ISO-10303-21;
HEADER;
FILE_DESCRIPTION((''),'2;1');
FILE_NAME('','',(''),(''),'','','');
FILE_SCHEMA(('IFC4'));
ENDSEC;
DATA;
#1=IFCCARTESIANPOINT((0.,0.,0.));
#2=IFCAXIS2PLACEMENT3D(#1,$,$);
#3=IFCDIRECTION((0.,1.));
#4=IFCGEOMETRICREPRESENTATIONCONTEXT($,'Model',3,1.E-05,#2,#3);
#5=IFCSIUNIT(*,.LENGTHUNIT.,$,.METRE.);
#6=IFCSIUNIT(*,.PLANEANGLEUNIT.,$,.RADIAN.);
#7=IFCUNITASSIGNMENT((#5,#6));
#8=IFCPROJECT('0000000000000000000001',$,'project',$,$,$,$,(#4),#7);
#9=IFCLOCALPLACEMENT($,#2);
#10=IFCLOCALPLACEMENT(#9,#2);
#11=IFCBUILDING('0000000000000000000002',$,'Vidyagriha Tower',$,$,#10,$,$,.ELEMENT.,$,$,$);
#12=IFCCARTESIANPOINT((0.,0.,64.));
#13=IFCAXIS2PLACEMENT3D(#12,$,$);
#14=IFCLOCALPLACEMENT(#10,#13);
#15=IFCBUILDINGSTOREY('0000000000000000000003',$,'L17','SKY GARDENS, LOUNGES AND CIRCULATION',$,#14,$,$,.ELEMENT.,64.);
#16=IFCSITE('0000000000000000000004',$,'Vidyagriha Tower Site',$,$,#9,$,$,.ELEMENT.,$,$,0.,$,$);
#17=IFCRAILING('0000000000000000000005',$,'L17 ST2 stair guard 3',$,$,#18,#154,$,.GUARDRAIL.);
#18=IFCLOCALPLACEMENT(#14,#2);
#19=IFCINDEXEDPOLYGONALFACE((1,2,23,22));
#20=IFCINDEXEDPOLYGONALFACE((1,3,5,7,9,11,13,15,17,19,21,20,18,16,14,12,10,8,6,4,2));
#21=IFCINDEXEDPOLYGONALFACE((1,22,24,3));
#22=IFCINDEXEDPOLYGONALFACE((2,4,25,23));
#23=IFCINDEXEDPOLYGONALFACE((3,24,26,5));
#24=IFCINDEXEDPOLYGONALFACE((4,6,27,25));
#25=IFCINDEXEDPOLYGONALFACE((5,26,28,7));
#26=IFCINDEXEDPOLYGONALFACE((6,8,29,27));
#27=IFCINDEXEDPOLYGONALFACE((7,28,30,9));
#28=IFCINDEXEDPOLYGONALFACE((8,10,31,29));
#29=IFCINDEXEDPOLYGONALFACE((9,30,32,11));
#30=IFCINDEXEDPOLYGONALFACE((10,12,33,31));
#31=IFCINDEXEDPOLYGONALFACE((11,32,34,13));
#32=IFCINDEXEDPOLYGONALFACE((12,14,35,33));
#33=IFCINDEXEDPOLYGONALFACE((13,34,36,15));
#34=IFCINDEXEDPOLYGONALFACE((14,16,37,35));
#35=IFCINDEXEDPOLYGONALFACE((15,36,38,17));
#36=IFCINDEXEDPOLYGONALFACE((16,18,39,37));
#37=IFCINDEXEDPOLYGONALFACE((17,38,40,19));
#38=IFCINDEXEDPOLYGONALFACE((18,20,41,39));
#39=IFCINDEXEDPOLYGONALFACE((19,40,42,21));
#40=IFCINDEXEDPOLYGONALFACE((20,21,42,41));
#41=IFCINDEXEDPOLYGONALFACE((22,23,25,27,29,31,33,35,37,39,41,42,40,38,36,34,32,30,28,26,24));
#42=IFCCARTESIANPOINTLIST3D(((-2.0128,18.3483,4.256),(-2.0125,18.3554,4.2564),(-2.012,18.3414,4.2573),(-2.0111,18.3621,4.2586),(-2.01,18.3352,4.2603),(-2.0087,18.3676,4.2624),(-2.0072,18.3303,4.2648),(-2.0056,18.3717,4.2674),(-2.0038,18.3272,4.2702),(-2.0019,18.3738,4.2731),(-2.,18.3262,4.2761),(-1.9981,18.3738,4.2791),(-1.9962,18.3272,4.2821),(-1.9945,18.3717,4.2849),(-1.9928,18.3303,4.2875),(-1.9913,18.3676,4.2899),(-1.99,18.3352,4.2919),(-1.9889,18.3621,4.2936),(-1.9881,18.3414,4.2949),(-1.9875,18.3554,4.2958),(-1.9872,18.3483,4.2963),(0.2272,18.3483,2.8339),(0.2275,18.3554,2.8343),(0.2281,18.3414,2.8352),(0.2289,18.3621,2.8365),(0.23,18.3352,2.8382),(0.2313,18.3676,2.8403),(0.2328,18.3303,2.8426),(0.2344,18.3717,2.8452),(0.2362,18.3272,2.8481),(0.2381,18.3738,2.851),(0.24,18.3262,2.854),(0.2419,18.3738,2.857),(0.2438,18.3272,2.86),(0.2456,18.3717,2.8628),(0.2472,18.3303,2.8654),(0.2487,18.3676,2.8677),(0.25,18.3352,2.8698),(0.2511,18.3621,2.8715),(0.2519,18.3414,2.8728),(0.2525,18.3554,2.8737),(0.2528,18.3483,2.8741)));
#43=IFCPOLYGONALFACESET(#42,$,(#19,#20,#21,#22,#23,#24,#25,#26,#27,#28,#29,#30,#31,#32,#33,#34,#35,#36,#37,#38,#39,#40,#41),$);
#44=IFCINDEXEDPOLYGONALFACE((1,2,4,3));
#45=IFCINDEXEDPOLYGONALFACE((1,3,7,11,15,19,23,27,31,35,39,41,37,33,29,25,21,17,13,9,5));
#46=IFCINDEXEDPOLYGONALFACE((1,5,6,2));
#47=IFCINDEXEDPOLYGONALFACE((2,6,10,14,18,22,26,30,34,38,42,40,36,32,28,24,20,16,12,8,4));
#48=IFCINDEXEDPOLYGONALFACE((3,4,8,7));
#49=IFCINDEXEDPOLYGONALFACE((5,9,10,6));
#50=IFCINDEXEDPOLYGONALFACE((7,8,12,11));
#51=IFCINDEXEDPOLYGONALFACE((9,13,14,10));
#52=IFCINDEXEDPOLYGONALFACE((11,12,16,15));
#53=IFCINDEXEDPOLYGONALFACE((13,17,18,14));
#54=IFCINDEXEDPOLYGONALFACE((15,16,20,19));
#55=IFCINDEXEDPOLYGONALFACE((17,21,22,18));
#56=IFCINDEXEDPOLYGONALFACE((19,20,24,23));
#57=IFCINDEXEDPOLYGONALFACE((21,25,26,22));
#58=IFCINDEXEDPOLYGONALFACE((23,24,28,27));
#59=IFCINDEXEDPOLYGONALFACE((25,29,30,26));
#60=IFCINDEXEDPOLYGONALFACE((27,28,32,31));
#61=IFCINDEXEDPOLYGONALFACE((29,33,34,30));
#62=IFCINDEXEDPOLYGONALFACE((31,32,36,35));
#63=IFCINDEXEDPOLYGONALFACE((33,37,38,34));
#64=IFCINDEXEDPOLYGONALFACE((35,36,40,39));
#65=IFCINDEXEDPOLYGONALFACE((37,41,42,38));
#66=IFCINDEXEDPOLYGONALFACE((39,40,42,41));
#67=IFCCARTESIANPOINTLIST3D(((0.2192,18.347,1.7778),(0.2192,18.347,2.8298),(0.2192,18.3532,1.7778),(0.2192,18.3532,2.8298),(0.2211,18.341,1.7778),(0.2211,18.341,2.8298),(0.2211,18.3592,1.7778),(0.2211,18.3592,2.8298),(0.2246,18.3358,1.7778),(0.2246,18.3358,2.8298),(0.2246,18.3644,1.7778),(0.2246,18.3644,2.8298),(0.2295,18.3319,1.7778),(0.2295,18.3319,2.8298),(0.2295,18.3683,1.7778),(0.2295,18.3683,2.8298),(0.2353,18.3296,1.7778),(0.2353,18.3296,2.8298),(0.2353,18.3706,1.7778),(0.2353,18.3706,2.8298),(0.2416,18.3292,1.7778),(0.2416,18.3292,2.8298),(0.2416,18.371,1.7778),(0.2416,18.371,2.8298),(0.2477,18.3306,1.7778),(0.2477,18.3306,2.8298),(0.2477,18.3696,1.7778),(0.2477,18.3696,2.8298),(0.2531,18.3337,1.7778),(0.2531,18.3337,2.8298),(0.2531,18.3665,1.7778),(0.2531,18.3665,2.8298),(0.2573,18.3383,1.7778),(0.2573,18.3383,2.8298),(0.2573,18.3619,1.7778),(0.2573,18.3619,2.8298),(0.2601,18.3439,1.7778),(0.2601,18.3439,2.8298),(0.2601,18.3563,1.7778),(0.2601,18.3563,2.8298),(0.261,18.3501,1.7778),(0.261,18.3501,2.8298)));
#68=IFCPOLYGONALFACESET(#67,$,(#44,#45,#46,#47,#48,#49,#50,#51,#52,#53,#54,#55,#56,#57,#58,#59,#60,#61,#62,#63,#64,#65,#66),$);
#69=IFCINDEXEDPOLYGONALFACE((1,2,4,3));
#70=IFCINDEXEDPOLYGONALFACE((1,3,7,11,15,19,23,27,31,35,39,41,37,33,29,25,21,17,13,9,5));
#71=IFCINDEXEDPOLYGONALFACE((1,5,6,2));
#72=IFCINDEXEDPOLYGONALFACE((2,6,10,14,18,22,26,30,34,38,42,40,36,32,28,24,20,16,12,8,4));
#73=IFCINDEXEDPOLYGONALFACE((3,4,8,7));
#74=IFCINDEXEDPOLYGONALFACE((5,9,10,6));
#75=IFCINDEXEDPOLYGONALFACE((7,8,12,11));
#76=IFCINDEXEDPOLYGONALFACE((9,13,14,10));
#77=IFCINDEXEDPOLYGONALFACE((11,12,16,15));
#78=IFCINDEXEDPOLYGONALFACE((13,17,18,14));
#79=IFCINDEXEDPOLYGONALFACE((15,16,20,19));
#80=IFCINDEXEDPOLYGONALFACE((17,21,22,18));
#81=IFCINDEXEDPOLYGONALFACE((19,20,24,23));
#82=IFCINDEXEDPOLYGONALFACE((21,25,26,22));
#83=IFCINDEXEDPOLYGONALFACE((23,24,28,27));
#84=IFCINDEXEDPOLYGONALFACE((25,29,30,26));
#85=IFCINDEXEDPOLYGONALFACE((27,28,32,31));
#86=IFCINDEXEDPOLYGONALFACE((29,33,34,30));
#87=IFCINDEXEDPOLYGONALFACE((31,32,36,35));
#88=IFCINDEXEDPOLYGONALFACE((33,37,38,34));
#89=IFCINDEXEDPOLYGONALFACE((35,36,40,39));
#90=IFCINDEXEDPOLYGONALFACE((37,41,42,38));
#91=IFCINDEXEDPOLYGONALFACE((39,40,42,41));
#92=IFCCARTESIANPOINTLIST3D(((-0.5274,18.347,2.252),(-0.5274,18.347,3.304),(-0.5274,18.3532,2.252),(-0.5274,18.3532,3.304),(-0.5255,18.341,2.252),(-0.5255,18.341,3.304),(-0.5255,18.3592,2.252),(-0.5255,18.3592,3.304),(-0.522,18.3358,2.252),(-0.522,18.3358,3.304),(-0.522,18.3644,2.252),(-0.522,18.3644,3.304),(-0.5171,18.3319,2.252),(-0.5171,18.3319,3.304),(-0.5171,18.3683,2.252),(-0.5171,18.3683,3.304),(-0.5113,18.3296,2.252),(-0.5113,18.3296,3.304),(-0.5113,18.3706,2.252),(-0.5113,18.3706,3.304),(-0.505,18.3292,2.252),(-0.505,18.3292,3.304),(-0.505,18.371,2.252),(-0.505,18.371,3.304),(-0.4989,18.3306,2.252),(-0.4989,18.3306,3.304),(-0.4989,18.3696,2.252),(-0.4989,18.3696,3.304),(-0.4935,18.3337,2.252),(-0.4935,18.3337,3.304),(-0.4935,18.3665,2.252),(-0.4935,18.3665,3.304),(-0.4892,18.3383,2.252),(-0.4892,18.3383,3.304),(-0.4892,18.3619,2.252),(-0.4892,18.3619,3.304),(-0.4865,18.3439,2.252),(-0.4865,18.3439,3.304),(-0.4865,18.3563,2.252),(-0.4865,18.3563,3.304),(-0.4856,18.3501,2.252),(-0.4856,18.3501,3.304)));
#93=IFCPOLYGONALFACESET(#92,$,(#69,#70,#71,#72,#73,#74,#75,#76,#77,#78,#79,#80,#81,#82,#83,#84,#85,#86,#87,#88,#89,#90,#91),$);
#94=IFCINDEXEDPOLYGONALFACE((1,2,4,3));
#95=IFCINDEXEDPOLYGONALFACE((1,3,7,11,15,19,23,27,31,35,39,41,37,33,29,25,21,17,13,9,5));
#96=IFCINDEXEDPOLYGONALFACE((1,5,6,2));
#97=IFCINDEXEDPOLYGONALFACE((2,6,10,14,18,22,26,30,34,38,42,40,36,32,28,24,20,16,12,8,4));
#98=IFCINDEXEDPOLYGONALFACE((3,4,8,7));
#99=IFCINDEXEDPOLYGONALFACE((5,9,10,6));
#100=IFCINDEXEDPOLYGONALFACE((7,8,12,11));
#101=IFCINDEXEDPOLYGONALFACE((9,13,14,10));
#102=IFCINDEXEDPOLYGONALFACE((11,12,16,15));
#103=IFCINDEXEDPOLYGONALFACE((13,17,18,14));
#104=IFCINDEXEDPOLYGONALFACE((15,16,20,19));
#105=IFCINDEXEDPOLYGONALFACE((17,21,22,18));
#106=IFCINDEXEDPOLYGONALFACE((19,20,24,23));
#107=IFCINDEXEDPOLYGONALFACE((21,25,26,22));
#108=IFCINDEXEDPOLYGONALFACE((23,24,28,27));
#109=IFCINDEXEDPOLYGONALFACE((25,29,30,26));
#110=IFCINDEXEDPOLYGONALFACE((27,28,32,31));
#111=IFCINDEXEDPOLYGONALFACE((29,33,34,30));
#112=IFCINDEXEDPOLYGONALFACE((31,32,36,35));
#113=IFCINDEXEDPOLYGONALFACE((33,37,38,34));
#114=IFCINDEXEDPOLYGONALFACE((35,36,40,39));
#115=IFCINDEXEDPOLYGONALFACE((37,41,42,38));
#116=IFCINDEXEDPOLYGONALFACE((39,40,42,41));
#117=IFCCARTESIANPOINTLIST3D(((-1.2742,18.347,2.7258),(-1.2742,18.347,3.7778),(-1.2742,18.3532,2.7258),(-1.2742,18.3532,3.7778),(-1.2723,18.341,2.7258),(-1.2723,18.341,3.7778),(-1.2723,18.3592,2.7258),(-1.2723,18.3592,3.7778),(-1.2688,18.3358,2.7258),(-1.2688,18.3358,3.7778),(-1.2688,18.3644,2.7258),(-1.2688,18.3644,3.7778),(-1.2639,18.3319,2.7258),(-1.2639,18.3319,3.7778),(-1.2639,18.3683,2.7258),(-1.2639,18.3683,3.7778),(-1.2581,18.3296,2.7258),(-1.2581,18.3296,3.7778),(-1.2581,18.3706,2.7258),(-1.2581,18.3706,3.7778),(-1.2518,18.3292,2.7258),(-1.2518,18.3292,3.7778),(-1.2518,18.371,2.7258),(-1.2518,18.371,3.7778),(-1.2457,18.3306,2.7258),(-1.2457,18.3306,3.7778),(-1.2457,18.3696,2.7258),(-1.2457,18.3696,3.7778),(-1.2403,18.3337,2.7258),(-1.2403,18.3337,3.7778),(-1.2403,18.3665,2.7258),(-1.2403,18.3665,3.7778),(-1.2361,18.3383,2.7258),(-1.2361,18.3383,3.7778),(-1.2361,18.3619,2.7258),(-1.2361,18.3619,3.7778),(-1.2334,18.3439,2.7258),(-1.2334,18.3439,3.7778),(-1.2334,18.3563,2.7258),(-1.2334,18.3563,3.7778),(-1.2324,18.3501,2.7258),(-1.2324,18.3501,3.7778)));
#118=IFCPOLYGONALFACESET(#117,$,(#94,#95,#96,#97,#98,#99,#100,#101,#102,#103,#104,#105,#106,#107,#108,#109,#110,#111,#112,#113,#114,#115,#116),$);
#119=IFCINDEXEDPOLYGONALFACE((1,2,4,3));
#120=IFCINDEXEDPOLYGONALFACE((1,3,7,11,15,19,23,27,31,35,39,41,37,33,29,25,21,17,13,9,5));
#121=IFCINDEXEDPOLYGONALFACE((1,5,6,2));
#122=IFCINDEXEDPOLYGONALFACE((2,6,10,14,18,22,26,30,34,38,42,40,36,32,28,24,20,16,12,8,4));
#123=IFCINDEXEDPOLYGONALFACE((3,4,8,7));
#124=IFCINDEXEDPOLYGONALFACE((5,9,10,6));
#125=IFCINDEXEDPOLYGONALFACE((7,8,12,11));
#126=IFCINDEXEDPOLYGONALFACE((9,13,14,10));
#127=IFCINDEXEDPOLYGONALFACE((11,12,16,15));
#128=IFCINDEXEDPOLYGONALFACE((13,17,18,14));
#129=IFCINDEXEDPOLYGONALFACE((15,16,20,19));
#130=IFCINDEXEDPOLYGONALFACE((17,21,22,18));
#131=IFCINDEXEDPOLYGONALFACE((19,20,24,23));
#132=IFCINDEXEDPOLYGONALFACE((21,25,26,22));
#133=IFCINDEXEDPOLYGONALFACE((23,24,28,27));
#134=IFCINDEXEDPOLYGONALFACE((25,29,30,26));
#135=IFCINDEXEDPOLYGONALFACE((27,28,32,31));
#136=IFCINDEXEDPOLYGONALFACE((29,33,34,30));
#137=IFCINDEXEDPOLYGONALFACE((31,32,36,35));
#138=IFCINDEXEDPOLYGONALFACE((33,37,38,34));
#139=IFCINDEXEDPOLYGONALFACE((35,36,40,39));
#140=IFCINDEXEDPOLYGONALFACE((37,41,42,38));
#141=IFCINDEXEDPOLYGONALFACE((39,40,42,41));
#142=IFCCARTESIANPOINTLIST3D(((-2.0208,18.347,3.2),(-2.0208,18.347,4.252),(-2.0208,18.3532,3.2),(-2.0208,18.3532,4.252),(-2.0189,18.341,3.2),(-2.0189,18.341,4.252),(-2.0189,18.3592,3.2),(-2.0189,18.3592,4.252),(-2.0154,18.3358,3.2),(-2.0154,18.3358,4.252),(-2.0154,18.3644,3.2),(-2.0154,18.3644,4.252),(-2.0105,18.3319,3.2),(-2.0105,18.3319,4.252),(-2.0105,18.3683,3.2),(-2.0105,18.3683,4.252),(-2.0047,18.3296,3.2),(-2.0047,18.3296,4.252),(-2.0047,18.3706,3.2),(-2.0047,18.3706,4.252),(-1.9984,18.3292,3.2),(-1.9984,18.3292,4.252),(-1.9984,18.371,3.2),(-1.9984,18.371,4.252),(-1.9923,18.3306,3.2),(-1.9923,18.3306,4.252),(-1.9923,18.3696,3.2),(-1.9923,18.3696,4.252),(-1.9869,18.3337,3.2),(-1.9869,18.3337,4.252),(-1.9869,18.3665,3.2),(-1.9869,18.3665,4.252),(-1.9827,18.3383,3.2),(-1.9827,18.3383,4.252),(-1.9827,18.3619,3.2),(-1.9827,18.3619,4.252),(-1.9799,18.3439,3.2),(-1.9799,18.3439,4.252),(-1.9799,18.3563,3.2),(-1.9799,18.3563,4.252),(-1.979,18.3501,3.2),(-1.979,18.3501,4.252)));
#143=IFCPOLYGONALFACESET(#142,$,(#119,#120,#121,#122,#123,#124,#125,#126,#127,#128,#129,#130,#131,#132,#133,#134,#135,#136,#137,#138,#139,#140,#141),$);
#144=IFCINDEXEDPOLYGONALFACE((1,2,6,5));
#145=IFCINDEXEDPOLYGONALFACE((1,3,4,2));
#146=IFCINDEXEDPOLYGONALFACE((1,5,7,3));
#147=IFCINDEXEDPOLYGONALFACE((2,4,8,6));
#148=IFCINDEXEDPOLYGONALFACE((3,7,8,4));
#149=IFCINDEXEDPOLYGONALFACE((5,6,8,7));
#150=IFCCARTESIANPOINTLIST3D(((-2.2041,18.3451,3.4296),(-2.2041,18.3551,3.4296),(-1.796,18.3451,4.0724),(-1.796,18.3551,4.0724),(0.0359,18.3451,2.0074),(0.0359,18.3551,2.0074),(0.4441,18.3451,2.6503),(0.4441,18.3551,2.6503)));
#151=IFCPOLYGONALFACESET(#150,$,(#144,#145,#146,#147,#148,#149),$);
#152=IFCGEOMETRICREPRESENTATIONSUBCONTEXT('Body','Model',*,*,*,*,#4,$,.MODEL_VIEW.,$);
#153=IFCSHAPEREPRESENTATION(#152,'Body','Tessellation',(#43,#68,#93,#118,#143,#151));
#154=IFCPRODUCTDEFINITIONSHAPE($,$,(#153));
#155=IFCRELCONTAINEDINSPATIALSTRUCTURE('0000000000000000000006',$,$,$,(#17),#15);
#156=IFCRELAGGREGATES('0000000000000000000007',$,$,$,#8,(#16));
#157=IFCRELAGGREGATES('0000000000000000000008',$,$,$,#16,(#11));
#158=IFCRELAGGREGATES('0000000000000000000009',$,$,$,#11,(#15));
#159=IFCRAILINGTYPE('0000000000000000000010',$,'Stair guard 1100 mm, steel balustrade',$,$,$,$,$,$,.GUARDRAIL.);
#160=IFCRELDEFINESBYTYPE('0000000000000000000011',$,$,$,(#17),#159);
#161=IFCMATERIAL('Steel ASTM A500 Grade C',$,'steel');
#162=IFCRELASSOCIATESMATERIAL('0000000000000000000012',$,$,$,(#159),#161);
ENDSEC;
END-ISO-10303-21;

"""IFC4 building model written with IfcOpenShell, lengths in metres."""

from ifc_helpers import new_model, si_unit, direction, frame, origin, origin_2d, place, context, subcontext, project, spatial, rectangle, circle, extrude, material, type_object, element, save


model = new_model("IFC4")

# Units and contexts
model_context = context("Model", 3, precision=1e-05, world=origin(), true_north=direction((0.0, 1.0)))
body_context = subcontext(model_context, "Body", "Model", "MODEL_VIEW")
ifc_project = project(units=[si_unit("LENGTHUNIT", "METRE"), si_unit("PLANEANGLEUNIT", "RADIAN")], contexts=[model_context])

# Site, building, storey
site_placement = place(None, origin())
site = spatial("IfcSite", under=ifc_project, at=site_placement, Name="Vidyagriha Tower Site", CompositionType="ELEMENT", RefElevation=0.0)
building_placement = place(site_placement, origin())
building = spatial("IfcBuilding", under=site, at=building_placement, Name="Vidyagriha Tower", CompositionType="ELEMENT")
storey_placement = place(building_placement, frame((0.0, 0.0, 64.0)))
storey = spatial("IfcBuildingStorey", under=building, at=storey_placement, Name="L17", Description="SKY GARDENS, LOUNGES AND CIRCULATION", CompositionType="ELEMENT", Elevation=64.0)

# Railing
ifc_material_1 = material(Name="Steel ASTM A500 Grade C", Category="steel")
railing_type_1 = type_object("IfcRailingType", Name="Stair guard 1100 mm, steel balustrade", PredefinedType="GUARDRAIL", material=ifc_material_1)
railing_1_placement = place(storey_placement, frame((0.24, 18.3501, 1.7778)))
element("IfcRailing", 1, at=railing_1_placement, inside=storey, type_object=railing_type_1, Name="L17 ST2 stair guard 3", PredefinedType="GUARDRAIL", context=body_context, shape_type="SweptSolid", body=[
    extrude(circle(Radius=0.0239, at=origin_2d()), frame((0.0, 0.0, 1.0762), z_axis=(-0.844229, 0.0, 0.535982), x_axis=(0.0, -1.0, 0.0)), (0.0, 0.0, 1.0), 2.6533),
    extrude(circle(Radius=0.021, at=origin_2d()), origin(), (0.0, 0.0, 1.0), 1.052),
    extrude(circle(Radius=0.021, at=origin_2d()), frame((-0.7466, 0.0, 0.4741)), (0.0, 0.0, 1.0), 1.052),
    extrude(circle(Radius=0.021, at=origin_2d()), frame((-1.4934, 0.0, 0.948)), (0.0, 0.0, 1.0), 1.052),
    extrude(circle(Radius=0.021, at=origin_2d()), frame((-2.24, 0.0, 1.4221)), (0.0, 0.0, 1.0), 1.052),
    extrude(rectangle(XDim=0.01, YDim=0.7615, at=origin_2d()), frame((0.0, 0.0, 0.551), z_axis=(-0.844229, 0.0, 0.535982), x_axis=(0.0, -1.0, 0.0)), (0.0, 0.0, 1.0), 2.6533),
])

save(model, "model.ifc")
